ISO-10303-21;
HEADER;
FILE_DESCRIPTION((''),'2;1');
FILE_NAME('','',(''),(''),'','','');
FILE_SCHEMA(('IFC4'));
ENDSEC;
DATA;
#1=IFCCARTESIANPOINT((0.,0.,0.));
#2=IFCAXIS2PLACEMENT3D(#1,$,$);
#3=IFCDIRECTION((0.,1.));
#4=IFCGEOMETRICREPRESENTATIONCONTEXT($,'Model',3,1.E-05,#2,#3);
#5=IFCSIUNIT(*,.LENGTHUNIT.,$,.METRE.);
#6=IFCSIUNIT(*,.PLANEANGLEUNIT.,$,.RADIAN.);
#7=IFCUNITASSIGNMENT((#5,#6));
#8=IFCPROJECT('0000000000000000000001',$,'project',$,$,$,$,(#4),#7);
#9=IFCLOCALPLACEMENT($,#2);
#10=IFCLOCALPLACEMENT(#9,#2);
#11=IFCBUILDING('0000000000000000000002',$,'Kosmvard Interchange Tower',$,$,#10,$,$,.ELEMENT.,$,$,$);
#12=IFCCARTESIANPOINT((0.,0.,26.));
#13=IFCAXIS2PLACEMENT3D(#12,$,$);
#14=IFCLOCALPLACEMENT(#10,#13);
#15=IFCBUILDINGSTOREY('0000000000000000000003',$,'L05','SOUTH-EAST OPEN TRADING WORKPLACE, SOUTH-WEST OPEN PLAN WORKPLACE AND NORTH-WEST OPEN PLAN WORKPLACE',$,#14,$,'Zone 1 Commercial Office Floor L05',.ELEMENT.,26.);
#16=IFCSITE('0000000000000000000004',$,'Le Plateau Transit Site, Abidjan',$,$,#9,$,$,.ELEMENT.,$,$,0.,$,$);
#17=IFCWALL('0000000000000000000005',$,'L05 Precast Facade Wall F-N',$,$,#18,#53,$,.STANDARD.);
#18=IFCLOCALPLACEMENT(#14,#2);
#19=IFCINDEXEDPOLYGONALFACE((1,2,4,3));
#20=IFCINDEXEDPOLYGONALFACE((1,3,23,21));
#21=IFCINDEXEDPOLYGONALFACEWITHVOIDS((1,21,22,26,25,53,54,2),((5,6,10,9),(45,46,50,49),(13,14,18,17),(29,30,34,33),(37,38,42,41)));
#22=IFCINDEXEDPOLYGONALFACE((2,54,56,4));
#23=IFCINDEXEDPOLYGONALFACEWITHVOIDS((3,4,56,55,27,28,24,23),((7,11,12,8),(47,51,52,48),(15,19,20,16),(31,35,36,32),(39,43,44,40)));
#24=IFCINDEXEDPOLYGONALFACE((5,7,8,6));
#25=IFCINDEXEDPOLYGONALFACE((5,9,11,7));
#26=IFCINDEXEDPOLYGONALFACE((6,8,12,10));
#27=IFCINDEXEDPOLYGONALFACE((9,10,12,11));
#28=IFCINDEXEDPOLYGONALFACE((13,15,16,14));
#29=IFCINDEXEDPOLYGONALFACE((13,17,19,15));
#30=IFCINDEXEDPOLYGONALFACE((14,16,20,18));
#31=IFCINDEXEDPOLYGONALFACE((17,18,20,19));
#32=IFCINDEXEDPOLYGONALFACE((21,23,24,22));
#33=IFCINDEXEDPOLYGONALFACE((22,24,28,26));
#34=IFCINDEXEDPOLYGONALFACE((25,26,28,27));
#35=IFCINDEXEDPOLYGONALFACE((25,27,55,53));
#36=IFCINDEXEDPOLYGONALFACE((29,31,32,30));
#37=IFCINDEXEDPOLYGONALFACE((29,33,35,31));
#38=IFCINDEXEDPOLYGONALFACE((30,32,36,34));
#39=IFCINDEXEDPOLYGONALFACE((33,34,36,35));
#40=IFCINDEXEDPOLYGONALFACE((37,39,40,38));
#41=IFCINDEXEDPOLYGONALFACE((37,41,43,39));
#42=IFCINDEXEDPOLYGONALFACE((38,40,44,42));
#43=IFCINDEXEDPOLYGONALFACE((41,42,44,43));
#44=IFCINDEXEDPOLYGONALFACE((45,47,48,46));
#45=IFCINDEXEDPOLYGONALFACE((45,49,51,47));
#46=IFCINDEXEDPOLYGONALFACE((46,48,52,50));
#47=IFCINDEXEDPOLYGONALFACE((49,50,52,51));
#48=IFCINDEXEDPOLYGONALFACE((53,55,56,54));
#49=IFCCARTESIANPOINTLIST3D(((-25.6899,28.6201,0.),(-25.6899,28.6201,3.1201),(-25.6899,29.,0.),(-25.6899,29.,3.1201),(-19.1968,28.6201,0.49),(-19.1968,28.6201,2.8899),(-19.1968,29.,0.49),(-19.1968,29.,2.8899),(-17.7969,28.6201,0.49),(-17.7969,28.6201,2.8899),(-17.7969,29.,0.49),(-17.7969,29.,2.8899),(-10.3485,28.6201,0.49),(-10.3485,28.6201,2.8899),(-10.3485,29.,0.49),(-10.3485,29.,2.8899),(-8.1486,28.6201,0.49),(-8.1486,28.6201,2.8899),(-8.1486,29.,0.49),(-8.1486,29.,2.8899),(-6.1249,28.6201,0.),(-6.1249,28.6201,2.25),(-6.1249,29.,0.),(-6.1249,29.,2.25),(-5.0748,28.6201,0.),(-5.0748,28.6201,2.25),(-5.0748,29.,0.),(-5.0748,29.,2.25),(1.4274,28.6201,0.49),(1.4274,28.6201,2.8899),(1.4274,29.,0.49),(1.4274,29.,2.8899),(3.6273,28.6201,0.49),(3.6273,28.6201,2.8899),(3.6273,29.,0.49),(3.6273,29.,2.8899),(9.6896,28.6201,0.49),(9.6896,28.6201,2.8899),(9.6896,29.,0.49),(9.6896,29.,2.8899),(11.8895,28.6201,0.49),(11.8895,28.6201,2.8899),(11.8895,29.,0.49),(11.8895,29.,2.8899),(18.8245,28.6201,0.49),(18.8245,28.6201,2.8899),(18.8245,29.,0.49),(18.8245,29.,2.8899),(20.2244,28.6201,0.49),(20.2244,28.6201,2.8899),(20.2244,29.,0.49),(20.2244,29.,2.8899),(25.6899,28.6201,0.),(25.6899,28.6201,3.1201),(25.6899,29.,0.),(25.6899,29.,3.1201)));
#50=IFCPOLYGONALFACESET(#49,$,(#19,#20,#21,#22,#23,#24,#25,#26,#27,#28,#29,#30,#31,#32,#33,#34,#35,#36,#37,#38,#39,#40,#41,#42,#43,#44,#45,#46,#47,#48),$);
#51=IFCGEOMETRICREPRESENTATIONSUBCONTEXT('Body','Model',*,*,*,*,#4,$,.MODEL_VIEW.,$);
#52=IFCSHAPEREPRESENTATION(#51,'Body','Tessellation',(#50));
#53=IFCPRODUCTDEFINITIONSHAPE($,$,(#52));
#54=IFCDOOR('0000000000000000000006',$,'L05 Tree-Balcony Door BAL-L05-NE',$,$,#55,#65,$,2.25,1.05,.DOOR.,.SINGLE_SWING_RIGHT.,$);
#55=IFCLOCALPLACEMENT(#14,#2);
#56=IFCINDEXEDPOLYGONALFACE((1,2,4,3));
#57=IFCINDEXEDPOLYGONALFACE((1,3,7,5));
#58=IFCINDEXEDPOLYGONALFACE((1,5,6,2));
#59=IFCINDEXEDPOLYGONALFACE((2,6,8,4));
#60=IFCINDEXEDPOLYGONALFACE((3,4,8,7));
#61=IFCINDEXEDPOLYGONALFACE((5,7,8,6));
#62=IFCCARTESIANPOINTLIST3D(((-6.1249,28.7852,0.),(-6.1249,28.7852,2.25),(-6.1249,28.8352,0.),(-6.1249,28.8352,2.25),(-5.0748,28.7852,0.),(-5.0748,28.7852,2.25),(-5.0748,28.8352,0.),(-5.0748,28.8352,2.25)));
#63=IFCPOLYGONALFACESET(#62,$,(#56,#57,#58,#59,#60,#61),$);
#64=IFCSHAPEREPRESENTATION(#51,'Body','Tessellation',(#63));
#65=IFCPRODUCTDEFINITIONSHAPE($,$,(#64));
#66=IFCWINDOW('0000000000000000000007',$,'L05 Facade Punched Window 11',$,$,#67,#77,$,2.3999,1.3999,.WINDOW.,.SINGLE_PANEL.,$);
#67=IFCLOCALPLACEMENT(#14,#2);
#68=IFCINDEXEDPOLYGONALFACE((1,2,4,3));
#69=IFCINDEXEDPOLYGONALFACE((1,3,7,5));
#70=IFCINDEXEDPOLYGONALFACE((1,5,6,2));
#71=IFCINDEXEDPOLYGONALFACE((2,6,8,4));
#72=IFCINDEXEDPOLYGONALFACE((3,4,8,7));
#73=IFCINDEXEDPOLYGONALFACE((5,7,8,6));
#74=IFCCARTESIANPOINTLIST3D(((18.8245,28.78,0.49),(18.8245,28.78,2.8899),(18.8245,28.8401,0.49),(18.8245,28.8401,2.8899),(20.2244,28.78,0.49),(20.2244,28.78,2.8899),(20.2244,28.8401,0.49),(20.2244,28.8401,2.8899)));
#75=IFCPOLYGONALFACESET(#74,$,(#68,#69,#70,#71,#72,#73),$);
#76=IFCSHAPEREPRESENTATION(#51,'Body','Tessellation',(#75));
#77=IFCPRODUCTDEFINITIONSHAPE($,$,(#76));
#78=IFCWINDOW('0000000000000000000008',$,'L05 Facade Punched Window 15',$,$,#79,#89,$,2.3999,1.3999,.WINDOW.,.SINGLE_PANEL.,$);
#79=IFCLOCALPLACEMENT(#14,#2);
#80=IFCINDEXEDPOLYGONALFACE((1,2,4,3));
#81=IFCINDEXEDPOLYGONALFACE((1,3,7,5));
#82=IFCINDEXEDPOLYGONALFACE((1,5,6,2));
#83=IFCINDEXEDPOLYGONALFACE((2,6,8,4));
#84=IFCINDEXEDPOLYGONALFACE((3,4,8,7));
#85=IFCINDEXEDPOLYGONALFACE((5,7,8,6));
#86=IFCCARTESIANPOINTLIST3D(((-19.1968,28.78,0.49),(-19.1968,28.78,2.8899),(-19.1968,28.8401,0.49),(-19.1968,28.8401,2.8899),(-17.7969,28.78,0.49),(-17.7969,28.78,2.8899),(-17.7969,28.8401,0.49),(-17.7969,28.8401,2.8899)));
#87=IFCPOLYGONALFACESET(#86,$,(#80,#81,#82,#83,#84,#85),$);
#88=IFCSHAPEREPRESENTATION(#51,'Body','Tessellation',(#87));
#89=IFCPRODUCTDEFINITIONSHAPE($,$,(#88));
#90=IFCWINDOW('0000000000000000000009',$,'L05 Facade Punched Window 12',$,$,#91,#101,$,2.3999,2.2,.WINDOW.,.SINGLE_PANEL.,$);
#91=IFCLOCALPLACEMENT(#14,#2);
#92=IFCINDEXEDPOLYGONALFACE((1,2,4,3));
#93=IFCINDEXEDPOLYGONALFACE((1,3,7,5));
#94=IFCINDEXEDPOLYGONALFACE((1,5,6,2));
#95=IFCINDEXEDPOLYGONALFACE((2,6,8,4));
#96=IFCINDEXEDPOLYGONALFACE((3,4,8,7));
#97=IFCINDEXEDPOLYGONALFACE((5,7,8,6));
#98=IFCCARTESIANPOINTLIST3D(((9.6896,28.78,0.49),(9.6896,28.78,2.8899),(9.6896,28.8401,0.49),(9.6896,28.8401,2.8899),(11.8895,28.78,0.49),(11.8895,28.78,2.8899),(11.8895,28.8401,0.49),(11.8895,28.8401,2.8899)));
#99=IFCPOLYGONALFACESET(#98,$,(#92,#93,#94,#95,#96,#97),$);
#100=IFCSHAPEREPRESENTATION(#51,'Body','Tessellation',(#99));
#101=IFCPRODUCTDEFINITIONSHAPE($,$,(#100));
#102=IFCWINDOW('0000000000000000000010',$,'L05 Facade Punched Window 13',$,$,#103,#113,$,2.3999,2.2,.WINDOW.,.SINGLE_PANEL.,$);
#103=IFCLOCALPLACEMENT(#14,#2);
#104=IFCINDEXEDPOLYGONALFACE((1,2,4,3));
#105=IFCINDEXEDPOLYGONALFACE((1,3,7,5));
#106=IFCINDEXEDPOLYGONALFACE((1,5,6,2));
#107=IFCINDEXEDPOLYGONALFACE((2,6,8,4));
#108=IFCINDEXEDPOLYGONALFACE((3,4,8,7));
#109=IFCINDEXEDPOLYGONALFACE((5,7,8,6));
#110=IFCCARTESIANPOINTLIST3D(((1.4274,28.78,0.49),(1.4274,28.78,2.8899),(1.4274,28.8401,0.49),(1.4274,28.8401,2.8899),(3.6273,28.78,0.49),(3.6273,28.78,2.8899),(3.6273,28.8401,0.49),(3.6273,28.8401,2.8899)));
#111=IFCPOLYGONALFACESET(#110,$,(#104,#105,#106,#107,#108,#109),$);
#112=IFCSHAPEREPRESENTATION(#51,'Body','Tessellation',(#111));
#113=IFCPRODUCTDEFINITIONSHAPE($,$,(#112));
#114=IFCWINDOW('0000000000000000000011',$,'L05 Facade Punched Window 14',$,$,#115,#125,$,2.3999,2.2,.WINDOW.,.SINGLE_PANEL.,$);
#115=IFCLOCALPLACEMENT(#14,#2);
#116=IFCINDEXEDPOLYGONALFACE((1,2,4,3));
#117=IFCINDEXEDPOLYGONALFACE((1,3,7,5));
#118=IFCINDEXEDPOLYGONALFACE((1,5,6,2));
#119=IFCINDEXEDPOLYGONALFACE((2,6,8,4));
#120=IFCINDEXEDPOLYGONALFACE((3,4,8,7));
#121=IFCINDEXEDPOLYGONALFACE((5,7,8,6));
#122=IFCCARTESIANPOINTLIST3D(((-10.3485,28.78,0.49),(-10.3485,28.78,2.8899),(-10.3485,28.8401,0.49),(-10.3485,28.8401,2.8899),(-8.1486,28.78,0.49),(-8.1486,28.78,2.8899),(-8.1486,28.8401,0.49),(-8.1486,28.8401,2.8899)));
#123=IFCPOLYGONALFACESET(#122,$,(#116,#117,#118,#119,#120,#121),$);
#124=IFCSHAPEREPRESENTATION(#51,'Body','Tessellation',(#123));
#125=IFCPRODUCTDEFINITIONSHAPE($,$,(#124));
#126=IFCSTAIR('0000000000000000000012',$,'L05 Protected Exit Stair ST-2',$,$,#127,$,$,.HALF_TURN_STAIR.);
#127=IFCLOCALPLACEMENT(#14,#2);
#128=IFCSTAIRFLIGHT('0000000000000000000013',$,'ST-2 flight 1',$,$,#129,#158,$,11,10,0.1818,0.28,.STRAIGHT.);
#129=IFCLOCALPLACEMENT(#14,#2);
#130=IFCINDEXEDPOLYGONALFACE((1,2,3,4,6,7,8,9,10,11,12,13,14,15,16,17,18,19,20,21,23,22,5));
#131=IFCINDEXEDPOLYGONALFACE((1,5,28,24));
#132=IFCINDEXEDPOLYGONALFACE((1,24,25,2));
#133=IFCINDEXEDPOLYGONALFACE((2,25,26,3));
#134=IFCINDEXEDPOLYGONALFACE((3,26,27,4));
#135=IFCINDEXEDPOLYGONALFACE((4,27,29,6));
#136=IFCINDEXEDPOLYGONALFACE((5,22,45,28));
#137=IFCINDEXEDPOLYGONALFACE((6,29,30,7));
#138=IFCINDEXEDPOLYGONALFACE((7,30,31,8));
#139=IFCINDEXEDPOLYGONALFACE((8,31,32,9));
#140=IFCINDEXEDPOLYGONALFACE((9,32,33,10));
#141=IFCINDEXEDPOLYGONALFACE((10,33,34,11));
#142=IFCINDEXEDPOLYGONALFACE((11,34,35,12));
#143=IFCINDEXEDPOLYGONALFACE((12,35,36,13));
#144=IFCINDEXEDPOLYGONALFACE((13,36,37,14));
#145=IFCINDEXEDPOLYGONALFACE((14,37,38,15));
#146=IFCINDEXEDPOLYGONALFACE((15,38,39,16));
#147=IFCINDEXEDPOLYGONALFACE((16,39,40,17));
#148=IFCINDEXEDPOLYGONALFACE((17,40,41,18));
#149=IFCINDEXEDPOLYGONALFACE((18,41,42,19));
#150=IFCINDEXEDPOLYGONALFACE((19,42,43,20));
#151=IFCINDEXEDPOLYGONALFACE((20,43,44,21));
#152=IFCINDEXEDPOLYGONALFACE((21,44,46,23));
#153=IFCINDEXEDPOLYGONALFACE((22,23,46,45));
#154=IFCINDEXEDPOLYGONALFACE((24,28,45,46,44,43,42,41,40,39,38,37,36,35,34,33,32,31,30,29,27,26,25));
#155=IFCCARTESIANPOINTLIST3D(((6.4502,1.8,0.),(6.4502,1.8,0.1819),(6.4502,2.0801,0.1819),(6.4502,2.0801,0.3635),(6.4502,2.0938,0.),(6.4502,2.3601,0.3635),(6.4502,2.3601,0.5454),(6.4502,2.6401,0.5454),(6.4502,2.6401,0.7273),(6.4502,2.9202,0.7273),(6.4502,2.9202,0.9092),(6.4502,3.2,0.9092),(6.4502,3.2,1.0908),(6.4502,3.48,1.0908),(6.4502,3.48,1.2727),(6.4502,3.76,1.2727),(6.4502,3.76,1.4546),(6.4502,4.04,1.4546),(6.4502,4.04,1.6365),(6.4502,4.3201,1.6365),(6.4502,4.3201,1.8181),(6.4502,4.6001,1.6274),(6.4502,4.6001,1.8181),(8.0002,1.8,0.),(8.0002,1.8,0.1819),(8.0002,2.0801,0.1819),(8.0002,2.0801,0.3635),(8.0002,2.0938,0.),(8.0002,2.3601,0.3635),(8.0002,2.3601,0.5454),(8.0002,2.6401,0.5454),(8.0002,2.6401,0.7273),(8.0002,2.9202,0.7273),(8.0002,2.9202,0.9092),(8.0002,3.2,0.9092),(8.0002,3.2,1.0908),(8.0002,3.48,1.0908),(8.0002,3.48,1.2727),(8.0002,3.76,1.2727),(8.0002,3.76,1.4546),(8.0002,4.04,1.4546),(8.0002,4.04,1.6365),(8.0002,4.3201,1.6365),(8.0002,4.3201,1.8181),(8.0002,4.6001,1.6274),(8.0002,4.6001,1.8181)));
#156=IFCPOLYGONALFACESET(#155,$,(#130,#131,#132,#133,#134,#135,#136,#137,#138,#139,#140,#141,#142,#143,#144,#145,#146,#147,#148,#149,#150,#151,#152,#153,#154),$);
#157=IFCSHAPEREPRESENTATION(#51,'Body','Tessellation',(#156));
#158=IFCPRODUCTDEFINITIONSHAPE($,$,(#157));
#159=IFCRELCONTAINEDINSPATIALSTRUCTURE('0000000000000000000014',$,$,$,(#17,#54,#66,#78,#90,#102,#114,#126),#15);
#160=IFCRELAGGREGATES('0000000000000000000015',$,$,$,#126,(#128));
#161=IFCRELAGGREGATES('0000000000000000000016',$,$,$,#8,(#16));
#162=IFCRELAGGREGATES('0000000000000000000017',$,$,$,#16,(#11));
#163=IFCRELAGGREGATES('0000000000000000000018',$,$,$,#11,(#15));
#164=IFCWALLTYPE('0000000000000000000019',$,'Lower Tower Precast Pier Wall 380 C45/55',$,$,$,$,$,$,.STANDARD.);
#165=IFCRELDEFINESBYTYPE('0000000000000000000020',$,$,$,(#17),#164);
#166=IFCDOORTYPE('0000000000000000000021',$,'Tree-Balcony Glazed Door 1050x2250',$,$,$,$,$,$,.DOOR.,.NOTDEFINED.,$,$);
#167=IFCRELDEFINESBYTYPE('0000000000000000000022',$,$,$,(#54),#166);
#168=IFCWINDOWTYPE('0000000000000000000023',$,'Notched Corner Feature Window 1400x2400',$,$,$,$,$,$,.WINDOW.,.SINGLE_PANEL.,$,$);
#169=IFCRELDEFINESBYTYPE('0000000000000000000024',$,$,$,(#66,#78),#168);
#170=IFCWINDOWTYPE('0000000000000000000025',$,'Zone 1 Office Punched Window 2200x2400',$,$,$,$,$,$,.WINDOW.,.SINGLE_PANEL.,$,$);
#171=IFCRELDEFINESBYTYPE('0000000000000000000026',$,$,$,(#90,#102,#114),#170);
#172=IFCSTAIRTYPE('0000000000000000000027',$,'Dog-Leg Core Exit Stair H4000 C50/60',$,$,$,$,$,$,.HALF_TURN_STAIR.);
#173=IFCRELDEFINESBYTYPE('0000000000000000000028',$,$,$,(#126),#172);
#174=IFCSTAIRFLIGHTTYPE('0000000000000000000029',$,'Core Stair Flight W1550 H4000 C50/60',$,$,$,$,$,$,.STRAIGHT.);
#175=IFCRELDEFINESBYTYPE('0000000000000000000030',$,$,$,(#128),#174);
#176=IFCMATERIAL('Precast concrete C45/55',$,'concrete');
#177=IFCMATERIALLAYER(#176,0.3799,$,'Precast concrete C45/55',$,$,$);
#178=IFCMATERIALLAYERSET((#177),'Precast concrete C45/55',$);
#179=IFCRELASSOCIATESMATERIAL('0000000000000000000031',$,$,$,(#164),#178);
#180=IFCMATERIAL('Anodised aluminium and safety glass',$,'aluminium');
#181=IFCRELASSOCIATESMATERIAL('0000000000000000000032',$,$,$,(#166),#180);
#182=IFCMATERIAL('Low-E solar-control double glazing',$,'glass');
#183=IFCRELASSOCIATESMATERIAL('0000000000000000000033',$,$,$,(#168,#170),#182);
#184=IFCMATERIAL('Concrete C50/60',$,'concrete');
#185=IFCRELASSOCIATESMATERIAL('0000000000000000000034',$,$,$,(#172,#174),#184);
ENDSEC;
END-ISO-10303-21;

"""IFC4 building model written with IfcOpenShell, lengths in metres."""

from ifc_helpers import new_model, si_unit, direction, frame, frame_2d, origin, place, context, subcontext, project, spatial, polyline, rectangle, outline, extrude, source, transform, mapped, material, layer, layer_set, type_object, element, fill, aggregate, save


model = new_model("IFC4")

# Units and contexts
model_context = context("Model", 3, precision=1e-05, world=origin(), true_north=direction((0.0, 1.0)))
body_context = subcontext(model_context, "Body", "Model", "MODEL_VIEW")
ifc_project = project(units=[si_unit("LENGTHUNIT", "METRE"), si_unit("PLANEANGLEUNIT", "RADIAN")], contexts=[model_context])

# Site, building, storey
site_placement = place(None, origin())
site = spatial("IfcSite", under=ifc_project, at=site_placement, Name="Le Plateau Transit Site, Abidjan", CompositionType="ELEMENT", RefElevation=0.0)
building_placement = place(site_placement, origin())
building = spatial("IfcBuilding", under=site, at=building_placement, Name="Kosmvard Interchange Tower", CompositionType="ELEMENT")
storey_placement = place(building_placement, frame((0.0, 0.0, 26.0)))
storey = spatial("IfcBuildingStorey", under=building, at=storey_placement, Name="L05", Description="SOUTH-EAST OPEN TRADING WORKPLACE, SOUTH-WEST OPEN PLAN WORKPLACE AND NORTH-WEST OPEN PLAN WORKPLACE", LongName="Zone 1 Commercial Office Floor L05", CompositionType="ELEMENT", Elevation=26.0)

# Shared definitions
ifc_material_1 = material(Name="Precast concrete C45/55", Category="concrete")
ifc_layer_1 = layer(ifc_material_1, 0.3799, Name="Precast concrete C45/55")
ifc_layer_set_1 = layer_set([ifc_layer_1], Name="Precast concrete C45/55")
wall_type_1 = type_object("IfcWallType", Name="Lower Tower Precast Pier Wall 380 C45/55", PredefinedType="STANDARD", material=ifc_layer_set_1)

# Wall, openings, door, windows
wall_1_placement = place(storey_placement, frame((25.6899, 28.8101, 0.0), z_axis=(0.0, 0.0, 1.0), x_axis=(-1.0, 0.0, 0.0)))
wall_1 = element("IfcWall", 1, at=wall_1_placement, inside=storey, type_object=wall_type_1, Name="L05 Precast Facade Wall F-N", PredefinedType="STANDARD", context=body_context, shape_type="SweptSolid", body=[
    extrude(rectangle(XDim=51.3799, YDim=0.3799, at=frame_2d((25.6899, 0.0))), origin(), (0.0, 0.0, 1.0), 3.1201),
])
opening_1_placement = place(wall_1_placement, frame((30.7649, 0.0, 0.0)))
opening_1 = element("IfcOpeningElement", 2, at=opening_1_placement, cuts=wall_1, PredefinedType="OPENING", context=body_context, shape_type="SweptSolid", body=[
    extrude(rectangle(XDim=1.05, YDim=2.25, at=frame_2d((0.5249, 1.125))), frame((0.0, 0.2, 0.0), z_axis=(0.0, -1.0, 0.0), x_axis=(1.0, 0.0, 0.0)), (0.0, 0.0, 1.0), 0.3999),
])
opening_2_placement = place(wall_1_placement, frame((5.4656, 0.0, 0.49)))
opening_2 = element("IfcOpeningElement", 3, at=opening_2_placement, cuts=wall_1, PredefinedType="OPENING", context=body_context, shape_type="SweptSolid", body=[
    extrude(rectangle(XDim=1.3999, YDim=2.3999, at=frame_2d((0.7, 1.2))), frame((0.0, 0.2, 0.0), z_axis=(0.0, -1.0, 0.0), x_axis=(1.0, 0.0, 0.0)), (0.0, 0.0, 1.0), 0.3999),
])
opening_3_placement = place(wall_1_placement, frame((13.8003, 0.0, 0.49)))
opening_3 = element("IfcOpeningElement", 4, at=opening_3_placement, cuts=wall_1, PredefinedType="OPENING", context=body_context, shape_type="SweptSolid", body=[
    extrude(rectangle(XDim=2.2, YDim=2.3999, at=frame_2d((1.1001, 1.2))), frame((0.0, 0.2, 0.0), z_axis=(0.0, -1.0, 0.0), x_axis=(1.0, 0.0, 0.0)), (0.0, 0.0, 1.0), 0.3999),
])
opening_4_placement = place(wall_1_placement, frame((22.0625, 0.0, 0.49)))
opening_4 = element("IfcOpeningElement", 5, at=opening_4_placement, cuts=wall_1, PredefinedType="OPENING", context=body_context, shape_type="SweptSolid", body=[
    extrude(rectangle(XDim=2.2, YDim=2.3999, at=frame_2d((1.1001, 1.2))), frame((0.0, 0.2, 0.0), z_axis=(0.0, -1.0, 0.0), x_axis=(1.0, 0.0, 0.0)), (0.0, 0.0, 1.0), 0.3999),
])
opening_5_placement = place(wall_1_placement, frame((33.8384, 0.0, 0.49)))
opening_5 = element("IfcOpeningElement", 6, at=opening_5_placement, cuts=wall_1, PredefinedType="OPENING", context=body_context, shape_type="SweptSolid", body=[
    extrude(rectangle(XDim=2.2, YDim=2.3999, at=frame_2d((1.1001, 1.2))), frame((0.0, 0.2, 0.0), z_axis=(0.0, -1.0, 0.0), x_axis=(1.0, 0.0, 0.0)), (0.0, 0.0, 1.0), 0.3999),
])
opening_6_placement = place(wall_1_placement, frame((43.4868, 0.0, 0.49)))
opening_6 = element("IfcOpeningElement", 7, at=opening_6_placement, cuts=wall_1, PredefinedType="OPENING", context=body_context, shape_type="SweptSolid", body=[
    extrude(rectangle(XDim=1.3999, YDim=2.3999, at=frame_2d((0.7, 1.2))), frame((0.0, 0.2, 0.0), z_axis=(0.0, -1.0, 0.0), x_axis=(1.0, 0.0, 0.0)), (0.0, 0.0, 1.0), 0.3999),
])
ifc_material_2 = material(Name="Anodised aluminium and safety glass", Category="aluminium")
door_type_1 = type_object("IfcDoorType", Name="Tree-Balcony Glazed Door 1050x2250", OperationType="NOTDEFINED", PredefinedType="DOOR", material=ifc_material_2)
shared_shape_1 = source(origin(), body_context, "Body", "SweptSolid", [
    extrude(rectangle(XDim=1.05, YDim=2.25, at=frame_2d((0.5249, 1.125))), frame((0.0, 0.0249, 0.0), z_axis=(0.0, -1.0, 0.0), x_axis=(1.0, 0.0, 0.0)), (0.0, 0.0, 1.0), 0.05),
])
door_1_placement = place(opening_1_placement, origin())
door_1 = element("IfcDoor", 8, at=door_1_placement, inside=storey, type_object=door_type_1, Name="L05 Tree-Balcony Door BAL-L05-NE", OperationType="SINGLE_SWING_RIGHT", OverallHeight=2.25, OverallWidth=1.05, PredefinedType="DOOR", context=body_context, shape_type="MappedRepresentation", body=[
    mapped(shared_shape_1, transform((0.0, 0.0, 0.0), scale=1.0)),
])
fill(opening_1, door_1)
ifc_material_3 = material(Name="Low-E solar-control double glazing", Category="glass")
window_type_1 = type_object("IfcWindowType", Name="Notched Corner Feature Window 1400x2400", PartitioningType="SINGLE_PANEL", PredefinedType="WINDOW", material=ifc_material_3)
shared_shape_2 = source(origin(), body_context, "Body", "SweptSolid", [
    extrude(rectangle(XDim=1.3999, YDim=2.3999, at=frame_2d((0.7, 1.2))), frame((0.0, 0.03, 0.0), z_axis=(0.0, -1.0, 0.0), x_axis=(1.0, 0.0, 0.0)), (0.0, 0.0, 1.0), 0.0601),
])
window_1_placement = place(opening_2_placement, origin())
window_1 = element("IfcWindow", 9, at=window_1_placement, inside=storey, type_object=window_type_1, Name="L05 Facade Punched Window 11", OverallHeight=2.3999, OverallWidth=1.3999, PartitioningType="SINGLE_PANEL", PredefinedType="WINDOW", context=body_context, shape_type="MappedRepresentation", body=[
    mapped(shared_shape_2, transform((0.0, 0.0, 0.0), scale=1.0)),
])
fill(opening_2, window_1)
window_2_placement = place(opening_6_placement, origin())
window_2 = element("IfcWindow", 10, at=window_2_placement, inside=storey, type_object=window_type_1, Name="L05 Facade Punched Window 15", OverallHeight=2.3999, OverallWidth=1.3999, PartitioningType="SINGLE_PANEL", PredefinedType="WINDOW", context=body_context, shape_type="MappedRepresentation", body=[
    mapped(shared_shape_2, transform((0.0, 0.0, 0.0), scale=1.0)),
])
fill(opening_6, window_2)
window_type_2 = type_object("IfcWindowType", Name="Zone 1 Office Punched Window 2200x2400", PartitioningType="SINGLE_PANEL", PredefinedType="WINDOW", material=ifc_material_3)
shared_shape_3 = source(origin(), body_context, "Body", "SweptSolid", [
    extrude(rectangle(XDim=2.2, YDim=2.3999, at=frame_2d((1.1001, 1.2))), frame((0.0, 0.03, 0.0), z_axis=(0.0, -1.0, 0.0), x_axis=(1.0, 0.0, 0.0)), (0.0, 0.0, 1.0), 0.0601),
])
window_3_placement = place(opening_3_placement, origin())
window_3 = element("IfcWindow", 11, at=window_3_placement, inside=storey, type_object=window_type_2, Name="L05 Facade Punched Window 12", OverallHeight=2.3999, OverallWidth=2.2, PartitioningType="SINGLE_PANEL", PredefinedType="WINDOW", context=body_context, shape_type="MappedRepresentation", body=[
    mapped(shared_shape_3, transform((0.0, 0.0, 0.0), scale=1.0)),
])
fill(opening_3, window_3)
window_4_placement = place(opening_4_placement, origin())
window_4 = element("IfcWindow", 12, at=window_4_placement, inside=storey, type_object=window_type_2, Name="L05 Facade Punched Window 13", OverallHeight=2.3999, OverallWidth=2.2, PartitioningType="SINGLE_PANEL", PredefinedType="WINDOW", context=body_context, shape_type="MappedRepresentation", body=[
    mapped(shared_shape_3, transform((0.0, 0.0, 0.0), scale=1.0)),
])
fill(opening_4, window_4)
window_5_placement = place(opening_5_placement, origin())
window_5 = element("IfcWindow", 13, at=window_5_placement, inside=storey, type_object=window_type_2, Name="L05 Facade Punched Window 14", OverallHeight=2.3999, OverallWidth=2.2, PartitioningType="SINGLE_PANEL", PredefinedType="WINDOW", context=body_context, shape_type="MappedRepresentation", body=[
    mapped(shared_shape_3, transform((0.0, 0.0, 0.0), scale=1.0)),
])
fill(opening_5, window_5)

# Stair, stair flight
ifc_material_4 = material(Name="Concrete C50/60", Category="concrete")
stair_type = type_object("IfcStairType", Name="Dog-Leg Core Exit Stair H4000 C50/60", PredefinedType="HALF_TURN_STAIR", material=ifc_material_4)
stair_placement = place(storey_placement, origin())
stair = element("IfcStair", 14, at=stair_placement, inside=storey, type_object=stair_type, Name="L05 Protected Exit Stair ST-2", PredefinedType="HALF_TURN_STAIR")
stair_flight_type = type_object("IfcStairFlightType", Name="Core Stair Flight W1550 H4000 C50/60", PredefinedType="STRAIGHT", material=ifc_material_4)
shared_shape_4 = source(origin(), body_context, "Body", "SweptSolid", [
    extrude(outline(polyline([(0.0, 0.0), (0.0, 0.1819), (0.28, 0.1819), (0.28, 0.3635), (0.5601, 0.3635), (0.5601, 0.5454), (0.8401, 0.5454), (0.8401, 0.7273), (1.1201, 0.7273), (1.1201, 0.9092), (1.3999, 0.9092), (1.3999, 1.0908), (1.6799, 1.0908), (1.6799, 1.2727), (1.96, 1.2727), (1.96, 1.4546), (2.24, 1.4546), (2.24, 1.6365), (2.52, 1.6365), (2.52, 1.8181), (2.8, 1.8181), (2.8, 2.0), (2.8, 1.6274), (0.2937, 0.0), (0.0, 0.0)])), frame((0.0, 0.7749, 0.0), z_axis=(0.0, -1.0, 0.0), x_axis=(1.0, 0.0, 0.0)), (0.0, 0.0, 1.0), 1.55),
])
stair_flight_placement = place(storey_placement, frame((7.2251, 1.8, 0.0), z_axis=(0.0, 0.0, 1.0), x_axis=(0.0, 1.0, 0.0)))
stair_flight = element("IfcStairFlight", 15, at=stair_flight_placement, type_object=stair_flight_type, Name="ST-2 flight 1", NumberOfRisers=11, NumberOfTreads=10, PredefinedType="STRAIGHT", RiserHeight=0.1818, TreadLength=0.28, context=body_context, shape_type="MappedRepresentation", body=[
    mapped(shared_shape_4, transform((0.0, 0.0, 0.0), scale=1.0)),
])
aggregate(stair, [stair_flight])

save(model, "model.ifc")
